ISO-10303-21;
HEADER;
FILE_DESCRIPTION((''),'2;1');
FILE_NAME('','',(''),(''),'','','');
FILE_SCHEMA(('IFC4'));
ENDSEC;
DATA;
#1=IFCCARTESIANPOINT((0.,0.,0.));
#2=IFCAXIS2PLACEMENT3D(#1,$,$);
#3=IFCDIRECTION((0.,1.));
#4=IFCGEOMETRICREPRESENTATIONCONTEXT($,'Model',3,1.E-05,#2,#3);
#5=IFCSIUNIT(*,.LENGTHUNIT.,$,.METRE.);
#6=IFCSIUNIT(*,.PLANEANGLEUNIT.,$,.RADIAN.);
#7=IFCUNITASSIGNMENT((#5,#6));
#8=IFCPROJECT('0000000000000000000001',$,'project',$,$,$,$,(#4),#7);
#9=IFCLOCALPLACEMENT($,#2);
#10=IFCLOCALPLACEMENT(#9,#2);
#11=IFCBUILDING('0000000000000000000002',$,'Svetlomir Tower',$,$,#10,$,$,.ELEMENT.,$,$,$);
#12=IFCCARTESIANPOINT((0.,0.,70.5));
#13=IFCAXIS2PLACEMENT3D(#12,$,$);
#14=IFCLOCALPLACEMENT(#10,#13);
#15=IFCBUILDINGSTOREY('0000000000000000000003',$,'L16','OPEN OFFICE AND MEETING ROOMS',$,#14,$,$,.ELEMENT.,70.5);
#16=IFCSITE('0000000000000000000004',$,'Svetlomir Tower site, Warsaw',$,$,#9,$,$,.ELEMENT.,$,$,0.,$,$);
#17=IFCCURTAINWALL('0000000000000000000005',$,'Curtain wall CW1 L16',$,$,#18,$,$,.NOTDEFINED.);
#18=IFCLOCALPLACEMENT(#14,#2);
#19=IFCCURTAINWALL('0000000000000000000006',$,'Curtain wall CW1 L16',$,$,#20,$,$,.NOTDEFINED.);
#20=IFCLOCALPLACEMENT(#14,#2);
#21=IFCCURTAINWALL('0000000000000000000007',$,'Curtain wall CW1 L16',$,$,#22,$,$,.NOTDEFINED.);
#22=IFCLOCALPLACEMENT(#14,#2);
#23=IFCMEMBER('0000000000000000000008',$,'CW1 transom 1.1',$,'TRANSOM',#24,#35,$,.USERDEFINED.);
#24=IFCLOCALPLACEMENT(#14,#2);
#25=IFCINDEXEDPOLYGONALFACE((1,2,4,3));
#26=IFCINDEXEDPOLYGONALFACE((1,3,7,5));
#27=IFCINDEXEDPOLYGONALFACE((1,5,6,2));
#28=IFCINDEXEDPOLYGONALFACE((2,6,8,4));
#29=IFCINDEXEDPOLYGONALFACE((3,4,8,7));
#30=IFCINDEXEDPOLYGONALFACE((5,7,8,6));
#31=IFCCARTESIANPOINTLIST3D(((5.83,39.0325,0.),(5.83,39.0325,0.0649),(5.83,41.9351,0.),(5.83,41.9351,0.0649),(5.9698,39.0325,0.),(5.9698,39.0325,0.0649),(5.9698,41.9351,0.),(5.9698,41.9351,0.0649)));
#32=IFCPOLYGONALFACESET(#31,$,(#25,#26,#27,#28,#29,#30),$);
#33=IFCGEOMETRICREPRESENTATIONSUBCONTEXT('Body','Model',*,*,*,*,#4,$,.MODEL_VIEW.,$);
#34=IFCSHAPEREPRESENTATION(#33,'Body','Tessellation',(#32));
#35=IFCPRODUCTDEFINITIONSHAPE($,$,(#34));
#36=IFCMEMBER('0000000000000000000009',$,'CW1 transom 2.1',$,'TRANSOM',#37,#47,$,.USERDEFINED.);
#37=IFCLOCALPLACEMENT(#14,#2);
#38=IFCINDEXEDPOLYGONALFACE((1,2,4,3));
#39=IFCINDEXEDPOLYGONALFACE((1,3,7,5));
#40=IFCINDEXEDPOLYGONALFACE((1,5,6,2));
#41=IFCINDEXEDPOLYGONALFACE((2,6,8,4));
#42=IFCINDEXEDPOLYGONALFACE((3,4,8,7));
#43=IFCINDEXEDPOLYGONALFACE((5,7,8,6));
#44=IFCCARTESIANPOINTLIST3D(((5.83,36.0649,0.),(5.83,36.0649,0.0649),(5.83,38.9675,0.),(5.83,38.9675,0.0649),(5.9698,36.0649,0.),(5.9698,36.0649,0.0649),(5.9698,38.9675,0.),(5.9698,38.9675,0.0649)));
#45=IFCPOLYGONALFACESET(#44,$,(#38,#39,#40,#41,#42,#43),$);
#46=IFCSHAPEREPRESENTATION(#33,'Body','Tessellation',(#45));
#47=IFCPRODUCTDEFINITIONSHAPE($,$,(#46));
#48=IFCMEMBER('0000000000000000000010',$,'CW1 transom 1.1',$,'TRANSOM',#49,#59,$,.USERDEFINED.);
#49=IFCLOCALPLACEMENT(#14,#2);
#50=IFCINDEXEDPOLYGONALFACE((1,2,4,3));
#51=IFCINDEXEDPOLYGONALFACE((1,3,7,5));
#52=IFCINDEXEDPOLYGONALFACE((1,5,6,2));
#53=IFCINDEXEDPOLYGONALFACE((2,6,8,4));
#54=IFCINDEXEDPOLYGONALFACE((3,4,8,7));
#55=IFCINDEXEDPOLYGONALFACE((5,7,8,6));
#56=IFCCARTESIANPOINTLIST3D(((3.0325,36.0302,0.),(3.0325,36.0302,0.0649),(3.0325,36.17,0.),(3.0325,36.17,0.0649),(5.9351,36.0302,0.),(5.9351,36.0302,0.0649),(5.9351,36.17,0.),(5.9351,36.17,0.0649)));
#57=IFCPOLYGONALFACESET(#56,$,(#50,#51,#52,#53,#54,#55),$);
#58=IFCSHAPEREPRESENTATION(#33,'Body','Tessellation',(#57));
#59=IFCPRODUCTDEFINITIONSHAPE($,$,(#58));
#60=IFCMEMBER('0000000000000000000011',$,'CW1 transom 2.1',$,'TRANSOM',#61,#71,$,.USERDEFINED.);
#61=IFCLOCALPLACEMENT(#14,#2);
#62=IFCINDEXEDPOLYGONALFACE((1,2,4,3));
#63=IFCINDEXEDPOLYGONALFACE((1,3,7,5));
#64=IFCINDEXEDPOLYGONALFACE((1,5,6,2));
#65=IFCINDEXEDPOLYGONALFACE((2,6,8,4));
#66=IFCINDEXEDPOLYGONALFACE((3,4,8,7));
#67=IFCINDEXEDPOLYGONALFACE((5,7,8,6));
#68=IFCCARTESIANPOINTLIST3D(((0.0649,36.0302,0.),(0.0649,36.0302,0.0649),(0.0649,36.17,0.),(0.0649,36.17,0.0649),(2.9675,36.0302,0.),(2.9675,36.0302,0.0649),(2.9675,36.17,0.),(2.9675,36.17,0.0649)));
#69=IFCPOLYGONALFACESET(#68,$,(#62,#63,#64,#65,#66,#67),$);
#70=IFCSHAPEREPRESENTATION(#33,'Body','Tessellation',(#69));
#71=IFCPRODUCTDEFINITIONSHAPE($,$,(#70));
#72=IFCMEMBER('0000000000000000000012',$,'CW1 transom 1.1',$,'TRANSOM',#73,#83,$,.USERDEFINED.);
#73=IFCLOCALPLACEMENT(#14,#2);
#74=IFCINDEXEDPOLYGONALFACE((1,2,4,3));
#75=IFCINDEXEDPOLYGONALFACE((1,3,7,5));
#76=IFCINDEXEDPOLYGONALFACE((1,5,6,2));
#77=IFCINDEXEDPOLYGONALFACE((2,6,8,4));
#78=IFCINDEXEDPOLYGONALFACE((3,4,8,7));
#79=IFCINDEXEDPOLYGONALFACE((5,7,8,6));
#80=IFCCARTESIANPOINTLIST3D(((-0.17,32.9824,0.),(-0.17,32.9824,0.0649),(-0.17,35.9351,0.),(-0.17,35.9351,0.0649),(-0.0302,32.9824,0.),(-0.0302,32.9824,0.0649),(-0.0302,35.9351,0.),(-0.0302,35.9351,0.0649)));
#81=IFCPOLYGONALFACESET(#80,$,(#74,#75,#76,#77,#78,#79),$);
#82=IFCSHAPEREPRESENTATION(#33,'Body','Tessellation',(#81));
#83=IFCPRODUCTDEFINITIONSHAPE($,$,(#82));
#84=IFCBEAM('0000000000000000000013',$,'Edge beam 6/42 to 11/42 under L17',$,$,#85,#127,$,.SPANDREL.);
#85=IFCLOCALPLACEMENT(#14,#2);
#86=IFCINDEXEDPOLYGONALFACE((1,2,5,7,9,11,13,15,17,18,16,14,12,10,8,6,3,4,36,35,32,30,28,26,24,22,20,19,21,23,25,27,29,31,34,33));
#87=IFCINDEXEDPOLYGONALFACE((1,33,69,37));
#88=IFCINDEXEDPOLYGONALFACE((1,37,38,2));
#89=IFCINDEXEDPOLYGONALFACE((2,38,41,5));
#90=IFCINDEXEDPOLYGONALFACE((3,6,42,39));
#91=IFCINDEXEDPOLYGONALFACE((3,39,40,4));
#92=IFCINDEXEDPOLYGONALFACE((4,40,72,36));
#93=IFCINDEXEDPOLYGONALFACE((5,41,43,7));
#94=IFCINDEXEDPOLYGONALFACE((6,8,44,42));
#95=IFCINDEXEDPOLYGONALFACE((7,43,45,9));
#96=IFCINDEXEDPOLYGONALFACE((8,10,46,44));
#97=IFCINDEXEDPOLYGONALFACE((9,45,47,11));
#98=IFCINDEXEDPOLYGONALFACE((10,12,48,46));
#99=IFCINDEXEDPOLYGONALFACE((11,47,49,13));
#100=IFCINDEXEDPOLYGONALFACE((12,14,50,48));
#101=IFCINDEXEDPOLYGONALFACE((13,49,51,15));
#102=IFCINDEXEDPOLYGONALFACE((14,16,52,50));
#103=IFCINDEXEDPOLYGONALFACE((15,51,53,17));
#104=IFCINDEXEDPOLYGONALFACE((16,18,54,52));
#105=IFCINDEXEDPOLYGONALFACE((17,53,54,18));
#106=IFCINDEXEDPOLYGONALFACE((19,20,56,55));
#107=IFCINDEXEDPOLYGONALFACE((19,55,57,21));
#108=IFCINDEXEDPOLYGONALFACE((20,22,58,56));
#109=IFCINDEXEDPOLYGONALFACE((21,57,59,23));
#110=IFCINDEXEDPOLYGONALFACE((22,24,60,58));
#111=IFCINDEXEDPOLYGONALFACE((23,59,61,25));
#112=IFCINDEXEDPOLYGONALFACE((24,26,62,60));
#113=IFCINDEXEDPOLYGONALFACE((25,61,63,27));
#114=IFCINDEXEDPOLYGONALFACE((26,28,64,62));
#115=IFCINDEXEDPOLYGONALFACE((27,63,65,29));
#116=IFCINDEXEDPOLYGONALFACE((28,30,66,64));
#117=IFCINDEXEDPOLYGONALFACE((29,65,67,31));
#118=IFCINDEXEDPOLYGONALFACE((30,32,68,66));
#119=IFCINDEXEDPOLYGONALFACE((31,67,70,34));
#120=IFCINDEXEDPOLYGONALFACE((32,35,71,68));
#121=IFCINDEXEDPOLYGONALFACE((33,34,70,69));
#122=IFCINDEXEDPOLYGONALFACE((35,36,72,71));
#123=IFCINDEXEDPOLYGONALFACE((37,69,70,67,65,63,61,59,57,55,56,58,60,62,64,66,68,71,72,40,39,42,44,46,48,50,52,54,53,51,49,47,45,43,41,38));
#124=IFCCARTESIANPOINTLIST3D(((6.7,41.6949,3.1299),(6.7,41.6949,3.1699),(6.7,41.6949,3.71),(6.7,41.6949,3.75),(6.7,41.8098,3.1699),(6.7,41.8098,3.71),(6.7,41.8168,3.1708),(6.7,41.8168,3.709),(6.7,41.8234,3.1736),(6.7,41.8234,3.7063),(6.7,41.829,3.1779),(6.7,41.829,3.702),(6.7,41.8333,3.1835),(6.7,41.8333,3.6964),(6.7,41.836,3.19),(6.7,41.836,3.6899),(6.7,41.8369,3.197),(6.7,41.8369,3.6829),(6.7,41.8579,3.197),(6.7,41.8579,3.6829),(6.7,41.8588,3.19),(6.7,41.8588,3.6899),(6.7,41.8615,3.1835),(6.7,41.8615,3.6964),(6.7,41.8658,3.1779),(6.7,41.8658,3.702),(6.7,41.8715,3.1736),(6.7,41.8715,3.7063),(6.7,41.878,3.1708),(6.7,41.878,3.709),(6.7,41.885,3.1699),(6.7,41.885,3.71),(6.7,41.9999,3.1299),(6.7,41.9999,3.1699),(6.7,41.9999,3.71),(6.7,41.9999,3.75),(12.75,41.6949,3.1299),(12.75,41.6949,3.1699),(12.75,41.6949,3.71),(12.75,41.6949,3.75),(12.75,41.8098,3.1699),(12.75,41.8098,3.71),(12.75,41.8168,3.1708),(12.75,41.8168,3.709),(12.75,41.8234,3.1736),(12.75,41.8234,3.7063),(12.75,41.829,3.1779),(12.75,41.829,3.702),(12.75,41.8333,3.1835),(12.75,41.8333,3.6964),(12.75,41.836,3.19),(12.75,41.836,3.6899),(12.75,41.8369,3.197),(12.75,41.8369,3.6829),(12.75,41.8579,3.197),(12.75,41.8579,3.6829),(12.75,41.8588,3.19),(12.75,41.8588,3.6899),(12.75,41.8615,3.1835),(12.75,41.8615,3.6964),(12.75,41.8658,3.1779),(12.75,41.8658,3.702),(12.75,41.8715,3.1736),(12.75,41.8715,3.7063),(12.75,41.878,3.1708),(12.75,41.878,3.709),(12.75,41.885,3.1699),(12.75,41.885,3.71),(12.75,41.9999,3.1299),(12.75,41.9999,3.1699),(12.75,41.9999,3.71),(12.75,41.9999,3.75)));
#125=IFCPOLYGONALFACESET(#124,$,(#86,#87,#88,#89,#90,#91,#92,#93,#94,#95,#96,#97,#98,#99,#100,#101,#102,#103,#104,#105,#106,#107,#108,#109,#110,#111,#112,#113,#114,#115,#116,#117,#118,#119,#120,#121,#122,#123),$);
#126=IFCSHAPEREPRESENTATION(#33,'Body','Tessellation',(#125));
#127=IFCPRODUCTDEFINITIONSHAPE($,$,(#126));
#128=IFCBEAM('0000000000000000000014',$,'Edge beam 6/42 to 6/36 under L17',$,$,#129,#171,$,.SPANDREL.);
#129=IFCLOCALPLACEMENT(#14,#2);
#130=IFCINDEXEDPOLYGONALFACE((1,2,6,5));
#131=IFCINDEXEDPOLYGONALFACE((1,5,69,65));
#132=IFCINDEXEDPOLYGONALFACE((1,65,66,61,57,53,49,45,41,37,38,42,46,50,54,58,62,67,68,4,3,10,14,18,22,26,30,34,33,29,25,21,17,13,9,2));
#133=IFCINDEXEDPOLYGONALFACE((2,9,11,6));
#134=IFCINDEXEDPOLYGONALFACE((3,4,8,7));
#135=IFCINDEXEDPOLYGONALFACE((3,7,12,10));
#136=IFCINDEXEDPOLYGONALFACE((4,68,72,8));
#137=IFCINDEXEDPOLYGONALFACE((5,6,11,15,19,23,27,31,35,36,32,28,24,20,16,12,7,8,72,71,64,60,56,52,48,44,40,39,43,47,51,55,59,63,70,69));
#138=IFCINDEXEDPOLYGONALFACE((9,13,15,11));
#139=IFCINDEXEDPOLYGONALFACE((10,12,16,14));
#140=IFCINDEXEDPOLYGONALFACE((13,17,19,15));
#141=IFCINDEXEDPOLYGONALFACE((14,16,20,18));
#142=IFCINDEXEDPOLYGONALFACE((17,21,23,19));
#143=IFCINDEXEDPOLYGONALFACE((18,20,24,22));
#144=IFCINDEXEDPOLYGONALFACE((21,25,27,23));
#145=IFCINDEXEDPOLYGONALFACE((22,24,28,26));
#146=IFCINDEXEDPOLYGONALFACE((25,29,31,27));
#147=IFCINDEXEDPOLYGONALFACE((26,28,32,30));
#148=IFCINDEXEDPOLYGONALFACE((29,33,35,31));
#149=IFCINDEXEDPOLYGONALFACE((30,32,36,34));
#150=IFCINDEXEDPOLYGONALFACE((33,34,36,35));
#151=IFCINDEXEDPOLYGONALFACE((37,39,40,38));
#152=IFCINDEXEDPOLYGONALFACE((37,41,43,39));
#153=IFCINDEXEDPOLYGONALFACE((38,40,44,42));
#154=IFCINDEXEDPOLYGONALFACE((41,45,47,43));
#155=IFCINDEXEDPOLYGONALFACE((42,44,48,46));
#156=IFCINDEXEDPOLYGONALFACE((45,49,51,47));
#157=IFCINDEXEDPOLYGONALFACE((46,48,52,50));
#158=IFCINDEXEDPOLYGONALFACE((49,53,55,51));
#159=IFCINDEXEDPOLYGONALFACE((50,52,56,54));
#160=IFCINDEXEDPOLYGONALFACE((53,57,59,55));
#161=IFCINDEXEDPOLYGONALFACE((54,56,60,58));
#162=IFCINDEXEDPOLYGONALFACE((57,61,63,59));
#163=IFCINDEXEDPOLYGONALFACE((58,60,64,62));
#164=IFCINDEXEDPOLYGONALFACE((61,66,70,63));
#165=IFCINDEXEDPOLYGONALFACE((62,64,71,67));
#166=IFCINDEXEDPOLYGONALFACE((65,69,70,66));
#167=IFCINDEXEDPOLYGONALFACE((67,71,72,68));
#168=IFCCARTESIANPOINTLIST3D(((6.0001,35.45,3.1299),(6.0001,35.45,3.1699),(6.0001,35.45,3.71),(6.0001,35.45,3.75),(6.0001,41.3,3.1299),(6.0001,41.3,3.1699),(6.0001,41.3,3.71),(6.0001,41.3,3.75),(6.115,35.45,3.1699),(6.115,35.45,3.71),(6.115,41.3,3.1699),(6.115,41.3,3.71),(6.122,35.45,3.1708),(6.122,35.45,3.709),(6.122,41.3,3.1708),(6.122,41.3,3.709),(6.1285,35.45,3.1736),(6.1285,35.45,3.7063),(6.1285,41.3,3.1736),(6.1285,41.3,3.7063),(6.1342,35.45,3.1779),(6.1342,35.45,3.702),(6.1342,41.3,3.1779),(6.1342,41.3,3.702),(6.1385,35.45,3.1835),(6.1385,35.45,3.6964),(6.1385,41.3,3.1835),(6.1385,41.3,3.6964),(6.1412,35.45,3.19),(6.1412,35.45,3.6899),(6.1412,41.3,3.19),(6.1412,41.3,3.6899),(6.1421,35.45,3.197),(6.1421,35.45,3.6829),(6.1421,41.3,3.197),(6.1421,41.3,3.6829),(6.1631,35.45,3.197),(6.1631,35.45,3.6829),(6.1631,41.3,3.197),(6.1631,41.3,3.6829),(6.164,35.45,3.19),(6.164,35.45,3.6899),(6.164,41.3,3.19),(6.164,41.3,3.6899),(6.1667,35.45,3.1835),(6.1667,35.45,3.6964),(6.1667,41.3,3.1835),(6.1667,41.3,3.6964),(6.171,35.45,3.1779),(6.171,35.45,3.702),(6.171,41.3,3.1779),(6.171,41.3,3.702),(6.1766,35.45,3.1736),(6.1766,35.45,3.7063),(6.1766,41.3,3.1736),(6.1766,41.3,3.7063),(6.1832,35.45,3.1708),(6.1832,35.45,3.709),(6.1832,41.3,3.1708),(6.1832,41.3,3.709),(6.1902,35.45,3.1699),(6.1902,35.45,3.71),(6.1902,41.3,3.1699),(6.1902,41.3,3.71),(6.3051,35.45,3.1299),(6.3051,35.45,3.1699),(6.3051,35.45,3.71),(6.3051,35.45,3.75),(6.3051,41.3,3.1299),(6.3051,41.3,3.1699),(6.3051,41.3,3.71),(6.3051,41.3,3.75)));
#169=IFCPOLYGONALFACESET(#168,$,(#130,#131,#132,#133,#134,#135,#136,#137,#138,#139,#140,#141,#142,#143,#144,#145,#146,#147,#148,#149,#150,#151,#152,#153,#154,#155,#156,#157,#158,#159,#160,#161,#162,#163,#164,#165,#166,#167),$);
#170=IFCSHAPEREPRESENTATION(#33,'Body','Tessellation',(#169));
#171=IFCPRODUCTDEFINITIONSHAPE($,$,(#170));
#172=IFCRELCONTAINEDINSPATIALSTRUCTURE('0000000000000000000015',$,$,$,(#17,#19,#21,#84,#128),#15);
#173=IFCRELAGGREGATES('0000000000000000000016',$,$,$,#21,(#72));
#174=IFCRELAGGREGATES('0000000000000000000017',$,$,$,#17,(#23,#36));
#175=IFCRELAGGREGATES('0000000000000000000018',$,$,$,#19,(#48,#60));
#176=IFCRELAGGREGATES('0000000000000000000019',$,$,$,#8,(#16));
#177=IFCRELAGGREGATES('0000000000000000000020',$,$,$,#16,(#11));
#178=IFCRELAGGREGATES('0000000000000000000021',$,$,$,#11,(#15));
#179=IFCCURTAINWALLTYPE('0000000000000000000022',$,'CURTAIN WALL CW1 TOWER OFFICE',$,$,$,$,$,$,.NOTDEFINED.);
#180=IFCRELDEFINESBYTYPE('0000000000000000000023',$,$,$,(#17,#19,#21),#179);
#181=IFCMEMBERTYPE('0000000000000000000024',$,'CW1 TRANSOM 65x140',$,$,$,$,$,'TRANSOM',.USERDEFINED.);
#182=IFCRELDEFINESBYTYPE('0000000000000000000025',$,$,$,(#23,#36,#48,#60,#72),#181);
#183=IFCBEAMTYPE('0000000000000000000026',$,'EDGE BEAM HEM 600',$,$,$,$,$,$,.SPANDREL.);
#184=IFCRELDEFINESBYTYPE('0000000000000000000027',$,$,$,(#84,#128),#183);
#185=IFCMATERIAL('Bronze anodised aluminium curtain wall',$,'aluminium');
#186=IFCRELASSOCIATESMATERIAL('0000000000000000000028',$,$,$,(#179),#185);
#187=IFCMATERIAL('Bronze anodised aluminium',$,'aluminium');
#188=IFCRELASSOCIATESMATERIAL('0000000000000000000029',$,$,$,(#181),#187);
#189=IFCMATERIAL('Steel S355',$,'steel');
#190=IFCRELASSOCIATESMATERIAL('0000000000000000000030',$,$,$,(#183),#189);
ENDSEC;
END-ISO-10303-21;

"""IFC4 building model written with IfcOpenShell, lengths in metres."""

from ifc_helpers import new_model, si_unit, direction, frame, origin, origin_2d, place, context, subcontext, project, spatial, rectangle, i_section, extrude, material, material_profile, profile_set, type_object, element, aggregate, save


model = new_model("IFC4")

# Units and contexts
model_context = context("Model", 3, precision=1e-05, world=origin(), true_north=direction((0.0, 1.0)))
body_context = subcontext(model_context, "Body", "Model", "MODEL_VIEW")
ifc_project = project(units=[si_unit("LENGTHUNIT", "METRE"), si_unit("PLANEANGLEUNIT", "RADIAN")], contexts=[model_context])

# Site, building, storey
site_placement = place(None, origin())
site = spatial("IfcSite", under=ifc_project, at=site_placement, Name="Svetlomir Tower site, Warsaw", CompositionType="ELEMENT", RefElevation=0.0)
building_placement = place(site_placement, origin())
building = spatial("IfcBuilding", under=site, at=building_placement, Name="Svetlomir Tower", CompositionType="ELEMENT")
storey_placement = place(building_placement, frame((0.0, 0.0, 70.5)))
storey = spatial("IfcBuildingStorey", under=building, at=storey_placement, Name="L16", Description="OPEN OFFICE AND MEETING ROOMS", CompositionType="ELEMENT", Elevation=70.5)

# Curtain walls
ifc_material_1 = material(Name="Bronze anodised aluminium curtain wall", Category="aluminium")
curtain_wall_type = type_object("IfcCurtainWallType", Name="CURTAIN WALL CW1 TOWER OFFICE", PredefinedType="NOTDEFINED", material=ifc_material_1)
curtain_wall_1_placement = place(storey_placement, origin())
curtain_wall_1 = element("IfcCurtainWall", 1, at=curtain_wall_1_placement, inside=storey, type_object=curtain_wall_type, Name="Curtain wall CW1 L16", PredefinedType="NOTDEFINED")
curtain_wall_2_placement = place(storey_placement, origin())
curtain_wall_2 = element("IfcCurtainWall", 2, at=curtain_wall_2_placement, inside=storey, type_object=curtain_wall_type, Name="Curtain wall CW1 L16", PredefinedType="NOTDEFINED")

# Curtain wall
curtain_wall_3_placement = place(storey_placement, origin())
curtain_wall_3 = element("IfcCurtainWall", 3, at=curtain_wall_3_placement, inside=storey, type_object=curtain_wall_type, Name="Curtain wall CW1 L16", PredefinedType="NOTDEFINED")

# Members
ifc_material_2 = material(Name="Bronze anodised aluminium", Category="aluminium")
ifc_material_profile_1 = material_profile(ifc_material_2, rectangle(XDim=0.1399, YDim=0.0649, at=origin_2d()), Name="AL 140x65")
ifc_profile_set_1 = profile_set([ifc_material_profile_1], Name="Bronze anodised aluminium 6063-T6")
member_type_1 = type_object("IfcMemberType", Name="CW1 TRANSOM 65x140", ElementType="TRANSOM", PredefinedType="USERDEFINED", material=ifc_profile_set_1)
member_1_placement = place(storey_placement, frame((5.8999, 41.9351, 0.0325), z_axis=(0.0, -1.0, 0.0), x_axis=(1.0, 0.0, 0.0)))
member_1 = element("IfcMember", 4, at=member_1_placement, type_object=member_type_1, Name="CW1 transom 1.1", ObjectType="TRANSOM", PredefinedType="USERDEFINED", context=body_context, shape_type="SweptSolid", body=[
    extrude(rectangle(XDim=0.1399, YDim=0.0649, at=origin_2d()), origin(), (0.0, 0.0, 1.0), 2.9026),
])
member_2_placement = place(storey_placement, frame((5.8999, 38.9675, 0.0325), z_axis=(0.0, -1.0, 0.0), x_axis=(1.0, 0.0, 0.0)))
member_2 = element("IfcMember", 5, at=member_2_placement, type_object=member_type_1, Name="CW1 transom 2.1", ObjectType="TRANSOM", PredefinedType="USERDEFINED", context=body_context, shape_type="SweptSolid", body=[
    extrude(rectangle(XDim=0.1399, YDim=0.0649, at=origin_2d()), origin(), (0.0, 0.0, 1.0), 2.9026),
])
member_3_placement = place(storey_placement, frame((5.9351, 36.1001, 0.0325), z_axis=(-1.0, 0.0, 0.0), x_axis=(0.0, -1.0, 0.0)))
member_3 = element("IfcMember", 6, at=member_3_placement, type_object=member_type_1, Name="CW1 transom 1.1", ObjectType="TRANSOM", PredefinedType="USERDEFINED", context=body_context, shape_type="SweptSolid", body=[
    extrude(rectangle(XDim=0.1399, YDim=0.0649, at=origin_2d()), origin(), (0.0, 0.0, 1.0), 2.9026),
])
member_4_placement = place(storey_placement, frame((2.9675, 36.1001, 0.0325), z_axis=(-1.0, 0.0, 0.0), x_axis=(0.0, -1.0, 0.0)))
member_4 = element("IfcMember", 7, at=member_4_placement, type_object=member_type_1, Name="CW1 transom 2.1", ObjectType="TRANSOM", PredefinedType="USERDEFINED", context=body_context, shape_type="SweptSolid", body=[
    extrude(rectangle(XDim=0.1399, YDim=0.0649, at=origin_2d()), origin(), (0.0, 0.0, 1.0), 2.9026),
])
member_5_placement = place(storey_placement, frame((-0.1001, 35.9351, 0.0325), z_axis=(0.0, -1.0, 0.0), x_axis=(1.0, 0.0, 0.0)))
member_5 = element("IfcMember", 8, at=member_5_placement, type_object=member_type_1, Name="CW1 transom 1.1", ObjectType="TRANSOM", PredefinedType="USERDEFINED", context=body_context, shape_type="SweptSolid", body=[
    extrude(rectangle(XDim=0.1399, YDim=0.0649, at=origin_2d()), origin(), (0.0, 0.0, 1.0), 2.9526),
])
aggregate(curtain_wall_3, [member_5])

# Beams
ifc_material_3 = material(Name="Steel S355", Category="steel")
ifc_material_profile_2 = material_profile(ifc_material_3, i_section(OverallWidth=0.3049, OverallDepth=0.6201, WebThickness=0.021, FlangeThickness=0.04, FilletRadius=0.0271, at=origin_2d()), Name="HEM 600")
ifc_profile_set_2 = profile_set([ifc_material_profile_2], Name="Steel S355")
beam_type = type_object("IfcBeamType", Name="EDGE BEAM HEM 600", PredefinedType="SPANDREL", material=ifc_profile_set_2)
beam_placement = place(storey_placement, frame((6.7, 41.8474, 3.4399), z_axis=(1.0, 0.0, 0.0), x_axis=(0.0, 1.0, 0.0)))
element("IfcBeam", 9, at=beam_placement, inside=storey, type_object=beam_type, Name="Edge beam 6/42 to 11/42 under L17", PredefinedType="SPANDREL", context=body_context, shape_type="SweptSolid", body=[
    extrude(i_section(OverallWidth=0.3049, OverallDepth=0.6201, WebThickness=0.021, FlangeThickness=0.04, FilletRadius=0.0271, at=origin_2d()), origin(), (0.0, 0.0, 1.0), 6.05),
])
for number, where, z_axis, x_axis, name in (
    (10, (6.1526, 41.3, 3.4399), (0.0, -1.0, 0.0), (1.0, 0.0, 0.0), "Edge beam 6/42 to 6/36 under L17"),
):
    element("IfcBeam", number, at=place(storey_placement, frame(where, z_axis=z_axis, x_axis=x_axis)), inside=storey, type_object=beam_type, Name=name, PredefinedType="SPANDREL", context=body_context, shape_type="SweptSolid", body=[
        extrude(i_section(OverallWidth=0.3049, OverallDepth=0.6201, WebThickness=0.021, FlangeThickness=0.04, FilletRadius=0.0271, at=origin_2d()), origin(), (0.0, 0.0, 1.0), 5.8501),
    ])

aggregate(curtain_wall_1, [member_1, member_2])
aggregate(curtain_wall_2, [member_3, member_4])

save(model, "model.ifc")
